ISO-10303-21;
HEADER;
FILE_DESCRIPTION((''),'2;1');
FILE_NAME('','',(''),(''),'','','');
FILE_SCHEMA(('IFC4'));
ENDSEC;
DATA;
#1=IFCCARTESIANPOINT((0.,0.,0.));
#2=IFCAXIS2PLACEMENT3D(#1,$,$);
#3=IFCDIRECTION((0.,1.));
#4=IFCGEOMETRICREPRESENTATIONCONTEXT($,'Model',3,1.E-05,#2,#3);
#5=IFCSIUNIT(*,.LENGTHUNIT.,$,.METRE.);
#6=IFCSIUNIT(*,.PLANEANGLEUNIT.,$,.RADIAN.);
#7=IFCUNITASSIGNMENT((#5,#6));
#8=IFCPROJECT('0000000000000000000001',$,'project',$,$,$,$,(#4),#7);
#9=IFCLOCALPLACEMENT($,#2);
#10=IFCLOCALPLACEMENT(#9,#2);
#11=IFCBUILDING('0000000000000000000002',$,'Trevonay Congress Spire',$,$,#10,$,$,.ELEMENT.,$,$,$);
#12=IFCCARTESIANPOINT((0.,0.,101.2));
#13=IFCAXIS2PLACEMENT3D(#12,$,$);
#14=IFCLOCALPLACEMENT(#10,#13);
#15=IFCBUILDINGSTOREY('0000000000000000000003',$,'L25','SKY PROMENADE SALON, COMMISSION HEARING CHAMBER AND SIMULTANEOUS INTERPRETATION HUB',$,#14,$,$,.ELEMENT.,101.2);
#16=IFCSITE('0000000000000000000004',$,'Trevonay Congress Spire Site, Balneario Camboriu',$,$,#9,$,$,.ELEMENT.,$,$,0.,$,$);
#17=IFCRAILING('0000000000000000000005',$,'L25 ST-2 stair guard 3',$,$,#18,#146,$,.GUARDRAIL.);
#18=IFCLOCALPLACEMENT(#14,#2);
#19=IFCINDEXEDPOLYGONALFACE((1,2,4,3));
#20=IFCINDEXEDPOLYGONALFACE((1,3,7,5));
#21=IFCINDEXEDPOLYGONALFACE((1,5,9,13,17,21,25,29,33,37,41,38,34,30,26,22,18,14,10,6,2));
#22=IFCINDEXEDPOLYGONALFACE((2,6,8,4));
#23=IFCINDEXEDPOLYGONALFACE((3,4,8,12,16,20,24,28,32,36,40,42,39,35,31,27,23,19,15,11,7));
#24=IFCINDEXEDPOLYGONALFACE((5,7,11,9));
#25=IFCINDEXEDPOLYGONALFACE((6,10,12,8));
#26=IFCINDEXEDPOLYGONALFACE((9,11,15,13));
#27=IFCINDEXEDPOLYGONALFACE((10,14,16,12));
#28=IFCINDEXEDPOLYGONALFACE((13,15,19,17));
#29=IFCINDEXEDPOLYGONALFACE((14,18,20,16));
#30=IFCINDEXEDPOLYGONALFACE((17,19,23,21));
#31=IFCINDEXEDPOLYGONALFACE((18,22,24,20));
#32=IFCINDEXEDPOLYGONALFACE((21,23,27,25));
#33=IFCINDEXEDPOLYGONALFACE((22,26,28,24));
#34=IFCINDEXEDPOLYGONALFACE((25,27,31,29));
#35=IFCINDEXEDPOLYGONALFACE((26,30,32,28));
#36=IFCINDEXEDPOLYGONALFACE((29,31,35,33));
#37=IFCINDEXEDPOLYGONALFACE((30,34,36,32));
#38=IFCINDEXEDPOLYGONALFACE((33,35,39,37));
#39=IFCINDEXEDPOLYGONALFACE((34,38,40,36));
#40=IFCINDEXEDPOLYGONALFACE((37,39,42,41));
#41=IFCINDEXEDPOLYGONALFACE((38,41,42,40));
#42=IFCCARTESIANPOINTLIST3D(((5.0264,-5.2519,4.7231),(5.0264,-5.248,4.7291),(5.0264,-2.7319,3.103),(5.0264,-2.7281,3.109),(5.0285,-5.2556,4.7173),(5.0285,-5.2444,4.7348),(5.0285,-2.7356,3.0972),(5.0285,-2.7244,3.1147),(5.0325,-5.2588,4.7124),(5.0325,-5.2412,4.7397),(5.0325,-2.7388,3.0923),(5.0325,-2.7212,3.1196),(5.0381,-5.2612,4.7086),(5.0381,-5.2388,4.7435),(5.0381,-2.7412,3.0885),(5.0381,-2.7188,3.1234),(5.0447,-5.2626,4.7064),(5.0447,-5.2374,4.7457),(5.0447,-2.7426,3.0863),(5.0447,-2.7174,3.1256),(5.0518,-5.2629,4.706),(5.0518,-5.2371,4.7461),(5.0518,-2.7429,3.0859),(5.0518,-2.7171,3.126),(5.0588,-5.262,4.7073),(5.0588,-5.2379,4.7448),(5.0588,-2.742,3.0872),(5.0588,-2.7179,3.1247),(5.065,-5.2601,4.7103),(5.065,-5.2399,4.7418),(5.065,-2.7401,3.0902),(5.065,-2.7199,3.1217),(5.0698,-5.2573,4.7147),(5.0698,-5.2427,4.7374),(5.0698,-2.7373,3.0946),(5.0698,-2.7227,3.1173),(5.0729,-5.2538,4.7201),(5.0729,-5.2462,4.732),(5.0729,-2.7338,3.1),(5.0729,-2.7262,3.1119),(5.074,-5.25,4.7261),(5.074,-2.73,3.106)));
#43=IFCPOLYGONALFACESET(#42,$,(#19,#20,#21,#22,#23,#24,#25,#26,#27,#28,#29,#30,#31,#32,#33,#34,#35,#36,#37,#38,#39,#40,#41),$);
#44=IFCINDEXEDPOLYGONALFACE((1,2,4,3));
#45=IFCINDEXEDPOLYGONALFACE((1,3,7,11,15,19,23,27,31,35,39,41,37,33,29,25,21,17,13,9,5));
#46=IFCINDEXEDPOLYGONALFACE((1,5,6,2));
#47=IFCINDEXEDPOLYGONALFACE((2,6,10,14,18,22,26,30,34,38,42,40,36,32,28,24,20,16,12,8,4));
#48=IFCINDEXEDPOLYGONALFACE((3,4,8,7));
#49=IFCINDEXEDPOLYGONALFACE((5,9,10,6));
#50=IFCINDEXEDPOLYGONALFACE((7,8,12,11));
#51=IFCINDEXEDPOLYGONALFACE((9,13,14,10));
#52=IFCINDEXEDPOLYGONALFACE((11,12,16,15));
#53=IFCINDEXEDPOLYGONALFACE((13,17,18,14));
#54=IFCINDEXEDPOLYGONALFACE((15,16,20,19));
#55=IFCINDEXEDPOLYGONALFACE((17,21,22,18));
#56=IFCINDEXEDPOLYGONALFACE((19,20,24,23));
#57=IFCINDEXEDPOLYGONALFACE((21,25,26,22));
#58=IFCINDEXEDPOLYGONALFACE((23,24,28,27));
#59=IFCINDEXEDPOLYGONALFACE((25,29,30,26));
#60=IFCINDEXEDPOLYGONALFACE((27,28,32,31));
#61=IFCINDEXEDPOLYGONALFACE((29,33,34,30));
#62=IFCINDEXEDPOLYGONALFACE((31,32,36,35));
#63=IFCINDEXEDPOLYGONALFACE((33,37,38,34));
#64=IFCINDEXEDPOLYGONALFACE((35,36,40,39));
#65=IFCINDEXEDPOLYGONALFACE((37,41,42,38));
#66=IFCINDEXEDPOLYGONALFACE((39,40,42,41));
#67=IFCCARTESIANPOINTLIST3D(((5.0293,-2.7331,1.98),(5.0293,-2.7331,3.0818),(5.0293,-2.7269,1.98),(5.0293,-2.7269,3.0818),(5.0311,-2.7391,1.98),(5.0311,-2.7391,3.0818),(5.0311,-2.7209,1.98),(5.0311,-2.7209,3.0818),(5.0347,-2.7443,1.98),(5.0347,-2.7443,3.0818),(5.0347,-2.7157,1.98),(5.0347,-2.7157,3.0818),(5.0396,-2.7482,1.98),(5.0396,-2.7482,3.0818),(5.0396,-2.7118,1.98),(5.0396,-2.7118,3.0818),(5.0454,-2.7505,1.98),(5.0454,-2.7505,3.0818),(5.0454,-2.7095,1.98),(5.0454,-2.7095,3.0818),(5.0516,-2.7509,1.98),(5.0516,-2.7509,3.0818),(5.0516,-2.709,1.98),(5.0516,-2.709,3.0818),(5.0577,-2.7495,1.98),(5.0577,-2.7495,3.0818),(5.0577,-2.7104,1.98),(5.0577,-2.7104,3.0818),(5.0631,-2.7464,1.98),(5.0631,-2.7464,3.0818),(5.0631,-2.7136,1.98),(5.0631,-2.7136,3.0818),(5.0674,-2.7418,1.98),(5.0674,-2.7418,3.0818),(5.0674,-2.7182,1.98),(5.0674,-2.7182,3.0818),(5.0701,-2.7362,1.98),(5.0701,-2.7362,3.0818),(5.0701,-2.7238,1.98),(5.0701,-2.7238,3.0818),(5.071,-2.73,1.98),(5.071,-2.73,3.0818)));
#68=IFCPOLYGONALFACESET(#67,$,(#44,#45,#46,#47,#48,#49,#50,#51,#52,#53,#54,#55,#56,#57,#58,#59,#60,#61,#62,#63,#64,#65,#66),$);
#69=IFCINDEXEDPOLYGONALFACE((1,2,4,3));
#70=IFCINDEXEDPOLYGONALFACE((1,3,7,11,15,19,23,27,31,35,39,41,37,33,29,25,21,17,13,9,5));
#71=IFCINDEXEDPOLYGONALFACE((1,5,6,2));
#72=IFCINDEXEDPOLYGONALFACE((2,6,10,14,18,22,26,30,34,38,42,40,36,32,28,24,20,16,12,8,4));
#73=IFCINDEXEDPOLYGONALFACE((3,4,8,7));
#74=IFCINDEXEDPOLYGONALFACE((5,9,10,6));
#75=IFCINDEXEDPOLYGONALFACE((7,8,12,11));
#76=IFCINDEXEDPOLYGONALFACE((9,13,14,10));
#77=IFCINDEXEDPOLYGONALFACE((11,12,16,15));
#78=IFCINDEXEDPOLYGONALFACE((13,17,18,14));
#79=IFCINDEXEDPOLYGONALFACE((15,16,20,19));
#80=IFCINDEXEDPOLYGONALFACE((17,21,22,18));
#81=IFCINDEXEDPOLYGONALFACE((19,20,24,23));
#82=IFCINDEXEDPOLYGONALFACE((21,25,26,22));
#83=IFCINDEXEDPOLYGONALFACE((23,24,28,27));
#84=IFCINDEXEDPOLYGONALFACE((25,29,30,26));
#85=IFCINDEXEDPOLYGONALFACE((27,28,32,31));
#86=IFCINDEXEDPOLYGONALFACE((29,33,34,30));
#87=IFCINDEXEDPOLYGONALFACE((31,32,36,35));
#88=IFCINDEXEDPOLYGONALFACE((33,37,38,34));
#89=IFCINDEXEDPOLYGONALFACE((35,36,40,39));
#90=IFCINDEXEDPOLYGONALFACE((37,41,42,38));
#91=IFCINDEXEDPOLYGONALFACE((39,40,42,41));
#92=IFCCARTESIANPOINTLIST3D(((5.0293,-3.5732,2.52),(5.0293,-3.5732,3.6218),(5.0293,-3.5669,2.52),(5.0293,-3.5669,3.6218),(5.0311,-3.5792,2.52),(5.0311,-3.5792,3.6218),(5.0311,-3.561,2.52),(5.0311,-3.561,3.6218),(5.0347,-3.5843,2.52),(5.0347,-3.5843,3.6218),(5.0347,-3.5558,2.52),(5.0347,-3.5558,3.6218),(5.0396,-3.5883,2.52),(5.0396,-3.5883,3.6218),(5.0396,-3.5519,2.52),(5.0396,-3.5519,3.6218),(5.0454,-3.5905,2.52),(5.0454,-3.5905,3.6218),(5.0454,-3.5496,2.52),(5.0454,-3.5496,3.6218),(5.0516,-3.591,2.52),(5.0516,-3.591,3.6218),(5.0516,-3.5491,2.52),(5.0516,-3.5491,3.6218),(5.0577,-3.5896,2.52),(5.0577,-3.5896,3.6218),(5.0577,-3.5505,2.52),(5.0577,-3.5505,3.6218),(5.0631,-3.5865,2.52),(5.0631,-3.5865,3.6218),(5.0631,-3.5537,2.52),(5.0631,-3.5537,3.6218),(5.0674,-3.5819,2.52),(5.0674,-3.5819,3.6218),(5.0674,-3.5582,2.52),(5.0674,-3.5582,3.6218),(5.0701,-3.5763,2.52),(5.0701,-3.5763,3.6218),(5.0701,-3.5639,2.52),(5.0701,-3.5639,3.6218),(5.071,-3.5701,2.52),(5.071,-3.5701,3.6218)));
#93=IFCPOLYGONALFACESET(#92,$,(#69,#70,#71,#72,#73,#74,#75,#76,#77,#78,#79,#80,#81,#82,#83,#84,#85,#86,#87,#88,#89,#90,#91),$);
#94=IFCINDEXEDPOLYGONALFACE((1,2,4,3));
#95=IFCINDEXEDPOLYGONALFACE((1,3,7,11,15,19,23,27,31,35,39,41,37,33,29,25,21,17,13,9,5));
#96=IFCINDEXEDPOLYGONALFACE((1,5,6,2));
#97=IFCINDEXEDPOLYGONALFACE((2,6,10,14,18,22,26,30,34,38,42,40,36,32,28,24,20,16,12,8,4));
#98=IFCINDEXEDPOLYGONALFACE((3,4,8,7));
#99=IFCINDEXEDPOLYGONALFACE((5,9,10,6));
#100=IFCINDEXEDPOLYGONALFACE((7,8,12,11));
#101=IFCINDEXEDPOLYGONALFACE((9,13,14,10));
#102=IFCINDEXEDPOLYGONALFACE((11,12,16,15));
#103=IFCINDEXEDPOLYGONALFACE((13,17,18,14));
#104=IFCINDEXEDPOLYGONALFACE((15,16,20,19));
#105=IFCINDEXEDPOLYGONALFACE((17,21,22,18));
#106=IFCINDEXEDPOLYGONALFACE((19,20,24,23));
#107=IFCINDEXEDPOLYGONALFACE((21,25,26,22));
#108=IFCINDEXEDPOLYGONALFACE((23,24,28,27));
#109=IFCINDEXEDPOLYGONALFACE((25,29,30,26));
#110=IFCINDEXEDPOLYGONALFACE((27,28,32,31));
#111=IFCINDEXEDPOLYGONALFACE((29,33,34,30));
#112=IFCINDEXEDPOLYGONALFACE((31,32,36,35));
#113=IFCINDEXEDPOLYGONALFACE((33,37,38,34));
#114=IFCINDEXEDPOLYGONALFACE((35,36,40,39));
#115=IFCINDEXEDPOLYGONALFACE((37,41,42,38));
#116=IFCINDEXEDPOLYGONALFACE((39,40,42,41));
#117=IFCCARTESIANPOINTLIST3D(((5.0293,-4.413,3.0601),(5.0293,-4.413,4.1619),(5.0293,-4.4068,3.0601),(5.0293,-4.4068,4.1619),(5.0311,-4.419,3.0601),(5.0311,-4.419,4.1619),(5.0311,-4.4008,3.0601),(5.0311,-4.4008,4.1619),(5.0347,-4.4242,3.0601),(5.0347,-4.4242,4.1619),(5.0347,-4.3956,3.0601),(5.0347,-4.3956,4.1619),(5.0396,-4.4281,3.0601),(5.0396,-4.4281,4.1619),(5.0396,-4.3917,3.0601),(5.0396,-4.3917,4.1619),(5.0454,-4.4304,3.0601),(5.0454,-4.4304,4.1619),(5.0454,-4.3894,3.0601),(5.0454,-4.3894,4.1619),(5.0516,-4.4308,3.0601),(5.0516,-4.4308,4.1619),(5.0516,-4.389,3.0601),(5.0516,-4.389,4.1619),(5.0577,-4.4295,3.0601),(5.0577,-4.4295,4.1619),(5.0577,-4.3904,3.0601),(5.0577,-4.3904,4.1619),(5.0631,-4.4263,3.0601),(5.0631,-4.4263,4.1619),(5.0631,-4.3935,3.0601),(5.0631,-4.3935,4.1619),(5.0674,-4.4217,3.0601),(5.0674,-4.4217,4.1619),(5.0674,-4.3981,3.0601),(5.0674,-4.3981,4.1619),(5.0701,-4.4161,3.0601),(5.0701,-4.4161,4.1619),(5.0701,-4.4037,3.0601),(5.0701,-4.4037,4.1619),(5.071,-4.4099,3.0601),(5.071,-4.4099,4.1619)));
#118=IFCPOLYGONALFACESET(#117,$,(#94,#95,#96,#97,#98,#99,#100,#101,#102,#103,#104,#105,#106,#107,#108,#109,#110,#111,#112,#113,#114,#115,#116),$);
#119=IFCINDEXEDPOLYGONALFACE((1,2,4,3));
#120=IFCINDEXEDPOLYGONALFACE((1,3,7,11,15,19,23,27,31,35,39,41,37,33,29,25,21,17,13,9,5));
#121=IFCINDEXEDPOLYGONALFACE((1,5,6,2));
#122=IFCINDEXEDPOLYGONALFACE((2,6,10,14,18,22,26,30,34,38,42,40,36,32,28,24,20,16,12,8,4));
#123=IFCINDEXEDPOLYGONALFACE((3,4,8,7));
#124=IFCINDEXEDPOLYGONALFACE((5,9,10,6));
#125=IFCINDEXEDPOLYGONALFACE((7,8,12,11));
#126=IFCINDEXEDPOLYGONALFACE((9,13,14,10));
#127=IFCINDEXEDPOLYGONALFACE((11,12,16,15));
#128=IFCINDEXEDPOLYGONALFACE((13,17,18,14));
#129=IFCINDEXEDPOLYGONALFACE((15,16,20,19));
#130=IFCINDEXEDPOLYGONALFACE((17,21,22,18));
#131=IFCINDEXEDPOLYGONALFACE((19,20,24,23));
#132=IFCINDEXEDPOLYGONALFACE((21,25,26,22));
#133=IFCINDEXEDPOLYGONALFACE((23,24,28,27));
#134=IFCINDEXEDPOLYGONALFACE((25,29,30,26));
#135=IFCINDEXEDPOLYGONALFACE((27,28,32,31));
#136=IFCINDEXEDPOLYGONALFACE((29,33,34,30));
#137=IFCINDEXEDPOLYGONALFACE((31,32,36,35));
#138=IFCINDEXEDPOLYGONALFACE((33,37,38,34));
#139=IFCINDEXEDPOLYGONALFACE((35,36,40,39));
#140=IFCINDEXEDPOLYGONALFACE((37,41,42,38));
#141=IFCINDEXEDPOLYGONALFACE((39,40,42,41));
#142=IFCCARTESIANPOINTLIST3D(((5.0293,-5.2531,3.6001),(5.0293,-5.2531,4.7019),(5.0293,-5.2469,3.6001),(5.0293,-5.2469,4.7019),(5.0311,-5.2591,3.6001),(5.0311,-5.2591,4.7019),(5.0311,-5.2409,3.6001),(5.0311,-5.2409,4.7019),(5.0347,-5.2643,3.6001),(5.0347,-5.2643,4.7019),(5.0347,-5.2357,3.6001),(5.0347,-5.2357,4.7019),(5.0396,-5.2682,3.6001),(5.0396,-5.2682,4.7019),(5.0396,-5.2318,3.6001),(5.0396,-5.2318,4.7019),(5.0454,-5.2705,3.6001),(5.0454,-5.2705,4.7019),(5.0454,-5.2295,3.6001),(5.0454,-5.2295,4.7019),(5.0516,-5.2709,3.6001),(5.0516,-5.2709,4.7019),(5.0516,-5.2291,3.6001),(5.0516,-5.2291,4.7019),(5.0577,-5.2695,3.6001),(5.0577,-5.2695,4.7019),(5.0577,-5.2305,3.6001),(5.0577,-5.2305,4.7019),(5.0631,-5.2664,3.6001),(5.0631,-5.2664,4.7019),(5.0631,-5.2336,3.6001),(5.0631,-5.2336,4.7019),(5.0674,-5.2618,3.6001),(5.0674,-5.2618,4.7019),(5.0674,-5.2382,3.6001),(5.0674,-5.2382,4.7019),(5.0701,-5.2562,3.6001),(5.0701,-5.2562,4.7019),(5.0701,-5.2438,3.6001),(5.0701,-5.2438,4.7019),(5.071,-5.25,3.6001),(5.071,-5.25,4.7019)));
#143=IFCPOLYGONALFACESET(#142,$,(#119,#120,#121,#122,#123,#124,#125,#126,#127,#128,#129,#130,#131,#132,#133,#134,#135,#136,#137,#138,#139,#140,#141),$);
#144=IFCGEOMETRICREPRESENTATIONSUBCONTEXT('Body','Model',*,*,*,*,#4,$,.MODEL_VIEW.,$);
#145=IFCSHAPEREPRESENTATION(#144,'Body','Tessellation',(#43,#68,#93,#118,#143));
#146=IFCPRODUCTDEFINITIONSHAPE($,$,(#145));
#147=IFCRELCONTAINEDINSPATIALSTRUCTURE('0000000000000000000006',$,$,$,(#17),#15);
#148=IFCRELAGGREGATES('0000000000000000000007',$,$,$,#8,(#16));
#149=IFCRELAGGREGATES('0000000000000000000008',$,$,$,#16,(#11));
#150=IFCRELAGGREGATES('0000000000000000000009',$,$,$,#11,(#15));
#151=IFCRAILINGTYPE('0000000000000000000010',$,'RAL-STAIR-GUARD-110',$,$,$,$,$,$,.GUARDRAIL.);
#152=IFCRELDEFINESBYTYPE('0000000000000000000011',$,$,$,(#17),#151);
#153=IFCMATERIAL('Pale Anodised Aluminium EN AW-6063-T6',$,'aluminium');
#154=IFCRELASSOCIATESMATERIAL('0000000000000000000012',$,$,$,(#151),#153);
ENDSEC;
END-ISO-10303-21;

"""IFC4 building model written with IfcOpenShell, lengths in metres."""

from ifc_helpers import new_model, si_unit, direction, frame, origin, origin_2d, place, context, subcontext, project, spatial, circle, extrude, material, type_object, element, save


model = new_model("IFC4")

# Units and contexts
model_context = context("Model", 3, precision=1e-05, world=origin(), true_north=direction((0.0, 1.0)))
body_context = subcontext(model_context, "Body", "Model", "MODEL_VIEW")
ifc_project = project(units=[si_unit("LENGTHUNIT", "METRE"), si_unit("PLANEANGLEUNIT", "RADIAN")], contexts=[model_context])

# Site, building, storey
site_placement = place(None, origin())
site = spatial("IfcSite", under=ifc_project, at=site_placement, Name="Trevonay Congress Spire Site, Balneario Camboriu", CompositionType="ELEMENT", RefElevation=0.0)
building_placement = place(site_placement, origin())
building = spatial("IfcBuilding", under=site, at=building_placement, Name="Trevonay Congress Spire", CompositionType="ELEMENT")
storey_placement = place(building_placement, frame((0.0, 0.0, 101.2)))
storey = spatial("IfcBuildingStorey", under=building, at=storey_placement, Name="L25", Description="SKY PROMENADE SALON, COMMISSION HEARING CHAMBER AND SIMULTANEOUS INTERPRETATION HUB", CompositionType="ELEMENT", Elevation=101.2)

# Shared definitions
ifc_material_1 = material(Name="Pale Anodised Aluminium EN AW-6063-T6", Category="aluminium")

# Railing
railing_type_1 = type_object("IfcRailingType", Name="RAL-STAIR-GUARD-110", PredefinedType="GUARDRAIL", material=ifc_material_1)
railing_1_placement = place(storey_placement, frame((5.05, -2.73, 1.98)))
element("IfcRailing", 1, at=railing_1_placement, inside=storey, type_object=railing_type_1, Name="L25 ST-2 stair guard 3", PredefinedType="GUARDRAIL", context=body_context, shape_type="SweptSolid", body=[
    extrude(circle(Radius=0.0239, at=origin_2d()), frame((0.0, 0.0, 1.126), z_axis=(0.0, -0.841163, 0.540782), x_axis=(1.0, 0.0, 0.0)), (0.0, 0.0, 1.0), 2.9958),
    extrude(circle(Radius=0.021, at=origin_2d()), origin(), (0.0, 0.0, 1.0), 1.1018),
    extrude(circle(Radius=0.021, at=origin_2d()), frame((0.0, -0.8401, 0.54)), (0.0, 0.0, 1.0), 1.1018),
    extrude(circle(Radius=0.021, at=origin_2d()), frame((0.0, -1.6799, 1.0801)), (0.0, 0.0, 1.0), 1.1018),
    extrude(circle(Radius=0.021, at=origin_2d()), frame((0.0, -2.52, 1.6201)), (0.0, 0.0, 1.0), 1.1018),
])

save(model, "model.ifc")
